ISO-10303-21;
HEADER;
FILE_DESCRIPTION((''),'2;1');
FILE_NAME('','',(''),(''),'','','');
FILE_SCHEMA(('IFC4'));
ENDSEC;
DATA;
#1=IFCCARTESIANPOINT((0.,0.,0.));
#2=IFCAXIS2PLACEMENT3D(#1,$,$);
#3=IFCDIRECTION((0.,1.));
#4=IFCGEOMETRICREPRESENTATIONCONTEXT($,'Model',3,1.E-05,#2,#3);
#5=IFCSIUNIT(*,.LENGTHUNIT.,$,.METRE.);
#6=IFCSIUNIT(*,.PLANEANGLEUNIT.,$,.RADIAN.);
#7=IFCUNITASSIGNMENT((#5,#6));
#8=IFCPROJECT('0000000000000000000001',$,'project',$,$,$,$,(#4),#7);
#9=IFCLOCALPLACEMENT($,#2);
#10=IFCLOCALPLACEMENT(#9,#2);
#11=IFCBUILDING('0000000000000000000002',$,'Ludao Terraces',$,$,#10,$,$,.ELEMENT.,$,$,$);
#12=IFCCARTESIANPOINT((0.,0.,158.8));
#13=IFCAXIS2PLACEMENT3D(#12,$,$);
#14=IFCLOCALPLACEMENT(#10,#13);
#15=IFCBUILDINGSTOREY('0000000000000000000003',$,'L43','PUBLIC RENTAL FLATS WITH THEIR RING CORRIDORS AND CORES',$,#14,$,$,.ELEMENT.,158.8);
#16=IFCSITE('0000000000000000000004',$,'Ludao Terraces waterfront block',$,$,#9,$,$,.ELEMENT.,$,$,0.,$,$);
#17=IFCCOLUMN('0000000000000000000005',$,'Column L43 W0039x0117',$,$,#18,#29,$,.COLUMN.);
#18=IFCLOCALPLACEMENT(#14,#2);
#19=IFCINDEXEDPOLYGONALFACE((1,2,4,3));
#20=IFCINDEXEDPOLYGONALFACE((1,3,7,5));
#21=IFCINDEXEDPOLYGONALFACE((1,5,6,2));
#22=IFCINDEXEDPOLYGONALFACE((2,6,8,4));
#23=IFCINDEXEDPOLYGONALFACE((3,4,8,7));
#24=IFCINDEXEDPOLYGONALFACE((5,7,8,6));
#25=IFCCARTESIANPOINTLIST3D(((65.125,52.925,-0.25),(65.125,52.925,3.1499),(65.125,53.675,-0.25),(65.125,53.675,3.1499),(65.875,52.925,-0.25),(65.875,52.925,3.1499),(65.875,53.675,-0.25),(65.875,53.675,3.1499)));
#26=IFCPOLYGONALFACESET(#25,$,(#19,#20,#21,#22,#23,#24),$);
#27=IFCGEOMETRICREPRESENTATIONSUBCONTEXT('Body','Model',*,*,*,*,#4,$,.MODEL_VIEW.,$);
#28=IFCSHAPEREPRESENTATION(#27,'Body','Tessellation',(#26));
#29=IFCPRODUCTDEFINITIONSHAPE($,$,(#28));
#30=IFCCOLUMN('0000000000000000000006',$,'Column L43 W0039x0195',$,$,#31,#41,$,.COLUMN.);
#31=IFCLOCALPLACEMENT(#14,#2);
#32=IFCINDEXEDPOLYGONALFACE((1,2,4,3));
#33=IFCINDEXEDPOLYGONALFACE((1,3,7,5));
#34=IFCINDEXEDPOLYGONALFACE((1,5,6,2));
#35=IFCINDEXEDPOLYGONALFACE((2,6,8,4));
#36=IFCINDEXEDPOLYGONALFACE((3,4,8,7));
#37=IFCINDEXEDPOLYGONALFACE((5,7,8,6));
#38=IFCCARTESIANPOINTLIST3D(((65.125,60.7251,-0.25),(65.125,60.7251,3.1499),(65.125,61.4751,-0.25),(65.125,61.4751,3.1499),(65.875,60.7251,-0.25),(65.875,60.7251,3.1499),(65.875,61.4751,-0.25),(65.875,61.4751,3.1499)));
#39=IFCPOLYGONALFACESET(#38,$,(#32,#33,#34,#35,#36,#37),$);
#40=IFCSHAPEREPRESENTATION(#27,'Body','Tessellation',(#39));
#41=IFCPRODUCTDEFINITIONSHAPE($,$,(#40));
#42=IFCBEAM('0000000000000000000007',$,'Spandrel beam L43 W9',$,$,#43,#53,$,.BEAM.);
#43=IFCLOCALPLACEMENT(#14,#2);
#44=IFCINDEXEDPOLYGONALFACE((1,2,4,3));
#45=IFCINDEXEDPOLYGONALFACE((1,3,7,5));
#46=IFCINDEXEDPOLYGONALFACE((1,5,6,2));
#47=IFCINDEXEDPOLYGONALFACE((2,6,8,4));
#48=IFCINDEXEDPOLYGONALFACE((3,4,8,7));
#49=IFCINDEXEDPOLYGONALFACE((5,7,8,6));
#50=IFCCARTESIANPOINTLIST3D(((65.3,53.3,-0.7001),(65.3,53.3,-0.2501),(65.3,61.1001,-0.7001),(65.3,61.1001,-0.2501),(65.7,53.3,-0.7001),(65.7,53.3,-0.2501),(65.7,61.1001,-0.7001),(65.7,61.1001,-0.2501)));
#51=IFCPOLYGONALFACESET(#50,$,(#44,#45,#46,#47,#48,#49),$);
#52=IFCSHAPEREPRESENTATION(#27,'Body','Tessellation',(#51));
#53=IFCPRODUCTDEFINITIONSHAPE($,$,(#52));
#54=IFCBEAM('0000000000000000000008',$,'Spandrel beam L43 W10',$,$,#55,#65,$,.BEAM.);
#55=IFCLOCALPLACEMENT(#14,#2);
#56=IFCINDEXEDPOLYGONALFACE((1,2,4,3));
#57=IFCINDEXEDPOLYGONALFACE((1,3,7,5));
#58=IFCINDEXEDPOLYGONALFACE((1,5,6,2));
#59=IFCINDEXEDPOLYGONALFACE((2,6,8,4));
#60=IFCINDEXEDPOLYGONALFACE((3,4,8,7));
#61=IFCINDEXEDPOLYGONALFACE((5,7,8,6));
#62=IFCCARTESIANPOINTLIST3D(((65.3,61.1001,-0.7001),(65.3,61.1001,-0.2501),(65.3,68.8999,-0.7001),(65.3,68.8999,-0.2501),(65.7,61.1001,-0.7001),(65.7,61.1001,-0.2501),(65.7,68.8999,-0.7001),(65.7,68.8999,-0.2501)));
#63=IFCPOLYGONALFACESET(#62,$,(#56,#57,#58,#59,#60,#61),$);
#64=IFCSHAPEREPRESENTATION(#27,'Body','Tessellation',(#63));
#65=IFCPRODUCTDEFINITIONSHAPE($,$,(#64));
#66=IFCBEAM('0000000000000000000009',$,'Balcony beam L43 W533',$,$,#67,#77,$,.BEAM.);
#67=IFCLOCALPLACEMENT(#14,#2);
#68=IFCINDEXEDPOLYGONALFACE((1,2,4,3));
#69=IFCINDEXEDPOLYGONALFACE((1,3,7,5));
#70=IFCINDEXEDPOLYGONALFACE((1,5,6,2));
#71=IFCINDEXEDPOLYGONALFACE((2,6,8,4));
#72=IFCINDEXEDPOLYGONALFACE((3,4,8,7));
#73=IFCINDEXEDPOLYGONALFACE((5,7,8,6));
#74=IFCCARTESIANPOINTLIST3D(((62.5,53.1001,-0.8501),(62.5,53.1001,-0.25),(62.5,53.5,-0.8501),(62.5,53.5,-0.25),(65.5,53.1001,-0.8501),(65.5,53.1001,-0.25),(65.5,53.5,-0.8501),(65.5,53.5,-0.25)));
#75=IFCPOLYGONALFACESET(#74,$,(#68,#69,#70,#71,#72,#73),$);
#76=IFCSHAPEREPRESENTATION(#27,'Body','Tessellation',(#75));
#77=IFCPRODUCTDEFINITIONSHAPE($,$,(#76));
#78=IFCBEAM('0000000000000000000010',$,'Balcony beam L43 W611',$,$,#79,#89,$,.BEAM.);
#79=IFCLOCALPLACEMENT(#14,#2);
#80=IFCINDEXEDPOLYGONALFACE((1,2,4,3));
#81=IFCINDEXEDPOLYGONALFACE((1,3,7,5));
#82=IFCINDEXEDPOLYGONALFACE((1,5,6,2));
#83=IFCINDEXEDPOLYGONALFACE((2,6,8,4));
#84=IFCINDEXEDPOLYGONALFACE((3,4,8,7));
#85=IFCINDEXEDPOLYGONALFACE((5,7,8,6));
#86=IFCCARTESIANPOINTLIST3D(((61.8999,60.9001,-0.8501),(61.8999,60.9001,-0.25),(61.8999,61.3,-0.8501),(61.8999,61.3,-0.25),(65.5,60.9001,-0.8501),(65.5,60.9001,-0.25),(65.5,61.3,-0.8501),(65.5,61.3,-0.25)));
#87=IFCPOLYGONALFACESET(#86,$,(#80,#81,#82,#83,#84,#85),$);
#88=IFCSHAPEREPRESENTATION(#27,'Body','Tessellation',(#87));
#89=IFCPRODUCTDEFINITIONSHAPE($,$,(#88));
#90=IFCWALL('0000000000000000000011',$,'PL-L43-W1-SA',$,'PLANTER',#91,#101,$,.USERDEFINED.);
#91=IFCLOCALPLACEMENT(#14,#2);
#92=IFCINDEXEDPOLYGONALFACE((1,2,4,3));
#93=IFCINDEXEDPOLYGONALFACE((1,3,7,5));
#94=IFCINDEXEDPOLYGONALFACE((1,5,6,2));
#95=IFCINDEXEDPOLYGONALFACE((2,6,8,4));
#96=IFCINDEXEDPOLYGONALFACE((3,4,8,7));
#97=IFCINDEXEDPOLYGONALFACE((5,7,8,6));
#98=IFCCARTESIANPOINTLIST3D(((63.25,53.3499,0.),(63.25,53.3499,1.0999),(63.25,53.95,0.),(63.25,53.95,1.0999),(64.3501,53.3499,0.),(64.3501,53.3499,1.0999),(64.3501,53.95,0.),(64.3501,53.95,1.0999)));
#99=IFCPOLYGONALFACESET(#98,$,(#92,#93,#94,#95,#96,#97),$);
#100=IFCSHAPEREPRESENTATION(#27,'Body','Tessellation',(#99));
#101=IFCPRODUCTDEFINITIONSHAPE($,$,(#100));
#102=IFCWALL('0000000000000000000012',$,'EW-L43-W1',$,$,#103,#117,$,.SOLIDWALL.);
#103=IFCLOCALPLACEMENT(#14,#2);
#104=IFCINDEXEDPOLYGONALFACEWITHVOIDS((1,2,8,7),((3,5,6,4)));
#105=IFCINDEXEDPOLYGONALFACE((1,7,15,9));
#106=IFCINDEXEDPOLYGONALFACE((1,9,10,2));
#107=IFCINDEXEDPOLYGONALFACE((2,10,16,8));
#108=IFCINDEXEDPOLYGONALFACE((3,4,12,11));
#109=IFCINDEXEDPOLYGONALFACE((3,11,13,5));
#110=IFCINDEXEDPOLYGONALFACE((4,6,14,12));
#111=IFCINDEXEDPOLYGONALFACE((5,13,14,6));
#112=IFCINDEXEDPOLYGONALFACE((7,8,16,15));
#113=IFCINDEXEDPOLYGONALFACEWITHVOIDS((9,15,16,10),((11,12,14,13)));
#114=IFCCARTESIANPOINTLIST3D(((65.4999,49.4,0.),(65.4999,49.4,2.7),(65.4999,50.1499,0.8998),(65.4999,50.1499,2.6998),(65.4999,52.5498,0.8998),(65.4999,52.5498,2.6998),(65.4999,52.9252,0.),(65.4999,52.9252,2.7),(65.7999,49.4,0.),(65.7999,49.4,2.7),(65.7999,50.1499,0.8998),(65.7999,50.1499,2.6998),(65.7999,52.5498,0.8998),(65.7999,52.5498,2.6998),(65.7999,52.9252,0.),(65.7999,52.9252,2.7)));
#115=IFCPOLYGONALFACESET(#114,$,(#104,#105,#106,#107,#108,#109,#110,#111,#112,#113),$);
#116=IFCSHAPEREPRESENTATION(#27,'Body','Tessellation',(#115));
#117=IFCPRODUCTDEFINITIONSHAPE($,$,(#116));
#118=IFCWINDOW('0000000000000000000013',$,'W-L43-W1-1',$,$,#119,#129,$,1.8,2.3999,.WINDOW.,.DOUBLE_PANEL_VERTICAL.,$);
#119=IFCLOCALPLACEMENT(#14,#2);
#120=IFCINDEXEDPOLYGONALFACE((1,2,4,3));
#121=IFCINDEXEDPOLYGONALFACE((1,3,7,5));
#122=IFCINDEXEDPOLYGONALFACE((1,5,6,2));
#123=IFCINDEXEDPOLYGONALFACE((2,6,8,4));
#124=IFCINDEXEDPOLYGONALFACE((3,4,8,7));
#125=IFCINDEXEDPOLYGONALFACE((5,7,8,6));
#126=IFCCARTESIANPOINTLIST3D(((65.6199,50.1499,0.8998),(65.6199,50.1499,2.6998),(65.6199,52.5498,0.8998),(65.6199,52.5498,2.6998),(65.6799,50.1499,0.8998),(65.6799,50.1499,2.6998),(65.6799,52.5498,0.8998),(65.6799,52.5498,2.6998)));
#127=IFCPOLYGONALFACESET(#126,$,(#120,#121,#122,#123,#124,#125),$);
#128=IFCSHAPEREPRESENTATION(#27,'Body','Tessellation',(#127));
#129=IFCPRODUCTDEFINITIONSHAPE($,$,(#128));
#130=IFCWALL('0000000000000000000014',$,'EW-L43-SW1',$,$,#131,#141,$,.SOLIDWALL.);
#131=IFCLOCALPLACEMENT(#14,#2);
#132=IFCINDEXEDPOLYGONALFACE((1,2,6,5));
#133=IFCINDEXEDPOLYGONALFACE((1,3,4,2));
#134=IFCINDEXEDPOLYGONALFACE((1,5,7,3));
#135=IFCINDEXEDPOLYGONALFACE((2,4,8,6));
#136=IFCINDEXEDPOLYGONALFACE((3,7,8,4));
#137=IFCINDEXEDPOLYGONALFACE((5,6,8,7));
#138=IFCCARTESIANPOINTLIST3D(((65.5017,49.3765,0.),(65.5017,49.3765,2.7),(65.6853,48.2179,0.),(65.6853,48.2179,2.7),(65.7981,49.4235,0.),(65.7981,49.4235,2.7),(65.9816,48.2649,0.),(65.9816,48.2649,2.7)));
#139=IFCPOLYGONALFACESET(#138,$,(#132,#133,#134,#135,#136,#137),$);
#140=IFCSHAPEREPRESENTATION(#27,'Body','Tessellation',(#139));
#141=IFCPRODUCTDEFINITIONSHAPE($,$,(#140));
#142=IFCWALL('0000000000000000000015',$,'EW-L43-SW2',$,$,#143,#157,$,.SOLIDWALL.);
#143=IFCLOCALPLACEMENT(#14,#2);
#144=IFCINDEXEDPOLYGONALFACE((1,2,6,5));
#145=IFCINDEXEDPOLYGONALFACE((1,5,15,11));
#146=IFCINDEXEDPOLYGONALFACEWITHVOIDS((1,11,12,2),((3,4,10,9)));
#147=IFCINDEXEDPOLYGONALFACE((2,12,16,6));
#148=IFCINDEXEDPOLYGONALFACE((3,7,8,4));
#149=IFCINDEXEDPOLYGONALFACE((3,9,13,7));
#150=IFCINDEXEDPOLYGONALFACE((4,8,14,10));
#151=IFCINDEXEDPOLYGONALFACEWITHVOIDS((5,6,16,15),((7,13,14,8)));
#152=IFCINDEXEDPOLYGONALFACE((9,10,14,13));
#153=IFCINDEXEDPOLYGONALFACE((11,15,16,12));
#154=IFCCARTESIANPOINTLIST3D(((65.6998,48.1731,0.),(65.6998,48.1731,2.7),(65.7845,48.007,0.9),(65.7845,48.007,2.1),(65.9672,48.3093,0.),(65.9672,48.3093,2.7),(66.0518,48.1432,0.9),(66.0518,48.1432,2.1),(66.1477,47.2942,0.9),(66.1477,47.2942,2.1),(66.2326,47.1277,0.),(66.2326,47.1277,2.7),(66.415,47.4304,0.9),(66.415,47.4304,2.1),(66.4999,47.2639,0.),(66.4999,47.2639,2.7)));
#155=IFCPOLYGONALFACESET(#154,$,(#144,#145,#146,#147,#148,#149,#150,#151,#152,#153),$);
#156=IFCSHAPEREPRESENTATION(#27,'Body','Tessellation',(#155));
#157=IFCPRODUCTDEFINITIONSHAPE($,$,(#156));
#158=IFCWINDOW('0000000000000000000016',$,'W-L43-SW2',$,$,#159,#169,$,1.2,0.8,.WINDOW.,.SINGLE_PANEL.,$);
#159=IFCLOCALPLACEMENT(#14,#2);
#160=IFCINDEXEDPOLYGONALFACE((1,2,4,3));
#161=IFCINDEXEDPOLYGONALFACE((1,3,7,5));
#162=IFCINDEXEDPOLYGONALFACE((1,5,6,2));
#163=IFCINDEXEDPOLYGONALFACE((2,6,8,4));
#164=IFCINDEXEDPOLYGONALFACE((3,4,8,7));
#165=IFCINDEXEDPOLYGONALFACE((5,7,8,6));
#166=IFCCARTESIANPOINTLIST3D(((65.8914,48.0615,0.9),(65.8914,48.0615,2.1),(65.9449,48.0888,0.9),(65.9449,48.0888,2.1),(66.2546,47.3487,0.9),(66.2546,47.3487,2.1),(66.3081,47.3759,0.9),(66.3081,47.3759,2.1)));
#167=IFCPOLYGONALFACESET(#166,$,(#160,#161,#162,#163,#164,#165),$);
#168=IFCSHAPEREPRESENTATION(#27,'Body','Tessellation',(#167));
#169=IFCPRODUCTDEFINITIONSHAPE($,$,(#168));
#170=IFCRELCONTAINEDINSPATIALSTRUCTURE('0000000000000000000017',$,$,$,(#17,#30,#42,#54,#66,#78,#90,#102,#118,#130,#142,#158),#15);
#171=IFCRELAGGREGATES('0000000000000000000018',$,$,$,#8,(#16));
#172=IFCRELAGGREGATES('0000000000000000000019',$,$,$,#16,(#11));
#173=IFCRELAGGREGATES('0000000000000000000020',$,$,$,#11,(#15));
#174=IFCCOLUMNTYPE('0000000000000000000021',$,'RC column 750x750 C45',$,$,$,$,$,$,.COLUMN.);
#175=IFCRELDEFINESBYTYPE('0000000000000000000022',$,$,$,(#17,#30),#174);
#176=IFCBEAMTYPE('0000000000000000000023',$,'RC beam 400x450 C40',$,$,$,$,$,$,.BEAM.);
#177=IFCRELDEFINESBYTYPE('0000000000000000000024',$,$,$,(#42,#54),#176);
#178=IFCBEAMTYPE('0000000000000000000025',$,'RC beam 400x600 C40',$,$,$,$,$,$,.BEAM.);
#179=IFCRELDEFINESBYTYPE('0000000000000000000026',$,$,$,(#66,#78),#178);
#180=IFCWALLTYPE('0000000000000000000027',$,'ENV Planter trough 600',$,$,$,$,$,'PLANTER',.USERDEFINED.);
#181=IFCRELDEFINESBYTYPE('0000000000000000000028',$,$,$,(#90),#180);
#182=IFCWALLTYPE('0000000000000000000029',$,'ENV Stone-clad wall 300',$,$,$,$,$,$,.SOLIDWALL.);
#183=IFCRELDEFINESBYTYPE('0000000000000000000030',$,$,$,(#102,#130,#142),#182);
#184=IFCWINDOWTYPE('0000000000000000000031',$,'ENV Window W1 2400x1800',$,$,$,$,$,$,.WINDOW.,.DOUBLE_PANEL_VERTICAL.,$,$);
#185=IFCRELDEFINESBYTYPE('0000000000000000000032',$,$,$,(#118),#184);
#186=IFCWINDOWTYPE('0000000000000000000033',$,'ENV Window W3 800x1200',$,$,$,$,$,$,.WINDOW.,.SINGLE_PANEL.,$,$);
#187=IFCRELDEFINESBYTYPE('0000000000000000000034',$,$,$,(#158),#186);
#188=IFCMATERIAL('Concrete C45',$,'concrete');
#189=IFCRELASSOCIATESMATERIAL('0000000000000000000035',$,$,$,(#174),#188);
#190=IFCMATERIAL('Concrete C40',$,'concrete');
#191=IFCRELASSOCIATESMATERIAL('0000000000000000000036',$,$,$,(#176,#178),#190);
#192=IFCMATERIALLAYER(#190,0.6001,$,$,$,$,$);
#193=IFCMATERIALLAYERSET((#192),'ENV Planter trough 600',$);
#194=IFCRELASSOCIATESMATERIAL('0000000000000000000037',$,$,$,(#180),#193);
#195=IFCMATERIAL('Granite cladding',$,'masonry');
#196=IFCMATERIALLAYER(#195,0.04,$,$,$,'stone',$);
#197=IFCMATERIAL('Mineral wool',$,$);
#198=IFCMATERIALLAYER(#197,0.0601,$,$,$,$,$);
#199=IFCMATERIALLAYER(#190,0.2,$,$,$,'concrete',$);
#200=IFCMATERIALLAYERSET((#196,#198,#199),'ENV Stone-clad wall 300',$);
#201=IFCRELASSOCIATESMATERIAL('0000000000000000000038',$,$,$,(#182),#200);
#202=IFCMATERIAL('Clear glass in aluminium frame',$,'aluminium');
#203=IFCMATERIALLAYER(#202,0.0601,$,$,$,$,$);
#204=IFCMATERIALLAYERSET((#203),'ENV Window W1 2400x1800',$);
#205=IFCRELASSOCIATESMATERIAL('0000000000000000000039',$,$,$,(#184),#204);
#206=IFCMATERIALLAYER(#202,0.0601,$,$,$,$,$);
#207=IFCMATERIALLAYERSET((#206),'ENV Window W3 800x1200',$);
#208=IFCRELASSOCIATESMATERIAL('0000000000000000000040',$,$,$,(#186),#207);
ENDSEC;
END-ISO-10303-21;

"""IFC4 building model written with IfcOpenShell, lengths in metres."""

from ifc_helpers import new_model, si_unit, direction, frame, frame_2d, origin, origin_2d, place, context, subcontext, project, spatial, rectangle, extrude, material, layer, layer_set, material_profile, profile_set, type_object, element, fill, save


model = new_model("IFC4")

# Units and contexts
model_context = context("Model", 3, precision=1e-05, world=origin(), true_north=direction((0.0, 1.0)))
body_context = subcontext(model_context, "Body", "Model", "MODEL_VIEW")
ifc_project = project(units=[si_unit("LENGTHUNIT", "METRE"), si_unit("PLANEANGLEUNIT", "RADIAN")], contexts=[model_context])

# Site, building, storey
site_placement = place(None, origin())
site = spatial("IfcSite", under=ifc_project, at=site_placement, Name="Ludao Terraces waterfront block", CompositionType="ELEMENT", RefElevation=0.0)
building_placement = place(site_placement, origin())
building = spatial("IfcBuilding", under=site, at=building_placement, Name="Ludao Terraces", CompositionType="ELEMENT")
storey_placement = place(building_placement, frame((0.0, 0.0, 158.8)))
storey = spatial("IfcBuildingStorey", under=building, at=storey_placement, Name="L43", Description="PUBLIC RENTAL FLATS WITH THEIR RING CORRIDORS AND CORES", CompositionType="ELEMENT", Elevation=158.8)

# Columns
ifc_material_1 = material(Name="Concrete C45", Category="concrete")
ifc_material_profile_1 = material_profile(ifc_material_1, rectangle(XDim=0.75, YDim=0.75, at=origin_2d()), Name="750 X 750")
ifc_profile_set_1 = profile_set([ifc_material_profile_1], Name="Concrete C45")
column_type = type_object("IfcColumnType", Name="RC column 750x750 C45", PredefinedType="COLUMN", material=ifc_profile_set_1)
for number, where, z_axis, x_axis, name in (
    (1, (65.5, 53.3, -0.25), (0.0, 0.0, 1.0), (1.0, 0.0, 0.0), "Column L43 W0039x0117"),
    (2, (65.5, 61.1001, -0.25), (0.0, 0.0, 1.0), (1.0, 0.0, 0.0), "Column L43 W0039x0195"),
):
    element("IfcColumn", number, at=place(storey_placement, frame(where, z_axis=z_axis, x_axis=x_axis)), inside=storey, type_object=column_type, Name=name, PredefinedType="COLUMN", context=body_context, shape_type="SweptSolid", body=[
        extrude(rectangle(XDim=0.75, YDim=0.75, at=origin_2d()), origin(), (0.0, 0.0, 1.0), 3.3999),
    ])

# Beams
ifc_material_2 = material(Name="Concrete C40", Category="concrete")
ifc_material_profile_2 = material_profile(ifc_material_2, rectangle(XDim=0.3999, YDim=0.45, at=origin_2d()), Name="400 X 450")
ifc_profile_set_2 = profile_set([ifc_material_profile_2], Name="Concrete C40")
beam_type_1 = type_object("IfcBeamType", Name="RC beam 400x450 C40", PredefinedType="BEAM", material=ifc_profile_set_2)
beam_1_placement = place(storey_placement, frame((65.5, 53.3, -0.4751), z_axis=(0.0, 1.0, 0.0), x_axis=(-1.0, 0.0, 0.0)))
element("IfcBeam", 3, at=beam_1_placement, inside=storey, type_object=beam_type_1, Name="Spandrel beam L43 W9", PredefinedType="BEAM", context=body_context, shape_type="SweptSolid", body=[
    extrude(rectangle(XDim=0.3999, YDim=0.45, at=origin_2d()), origin(), (0.0, 0.0, 1.0), 7.8),
])
beam_2_placement = place(storey_placement, frame((65.5, 61.1001, -0.4751), z_axis=(0.0, 1.0, 0.0), x_axis=(-1.0, 0.0, 0.0)))
element("IfcBeam", 4, at=beam_2_placement, inside=storey, type_object=beam_type_1, Name="Spandrel beam L43 W10", PredefinedType="BEAM", context=body_context, shape_type="SweptSolid", body=[
    extrude(rectangle(XDim=0.3999, YDim=0.45, at=origin_2d()), origin(), (0.0, 0.0, 1.0), 7.7998),
])
ifc_material_profile_3 = material_profile(ifc_material_2, rectangle(XDim=0.3999, YDim=0.6001, at=origin_2d()), Name="400 X 600")
ifc_profile_set_3 = profile_set([ifc_material_profile_3], Name="Concrete C40")
beam_type_2 = type_object("IfcBeamType", Name="RC beam 400x600 C40", PredefinedType="BEAM", material=ifc_profile_set_3)
beam_3_placement = place(storey_placement, frame((65.5, 53.3, -0.55), z_axis=(-1.0, 0.0, 0.0), x_axis=(0.0, -1.0, 0.0)))
element("IfcBeam", 5, at=beam_3_placement, inside=storey, type_object=beam_type_2, Name="Balcony beam L43 W533", PredefinedType="BEAM", context=body_context, shape_type="SweptSolid", body=[
    extrude(rectangle(XDim=0.3999, YDim=0.6001, at=origin_2d()), origin(), (0.0, 0.0, 1.0), 3.0),
])
beam_4_placement = place(storey_placement, frame((65.5, 61.1001, -0.55), z_axis=(-1.0, 0.0, 0.0), x_axis=(0.0, -1.0, 0.0)))
element("IfcBeam", 6, at=beam_4_placement, inside=storey, type_object=beam_type_2, Name="Balcony beam L43 W611", PredefinedType="BEAM", context=body_context, shape_type="SweptSolid", body=[
    extrude(rectangle(XDim=0.3999, YDim=0.6001, at=origin_2d()), origin(), (0.0, 0.0, 1.0), 3.6001),
])

# Wall
ifc_layer_1 = layer(ifc_material_2, 0.6001)
ifc_layer_set_1 = layer_set([ifc_layer_1], Name="ENV Planter trough 600")
wall_type_1 = type_object("IfcWallType", Name="ENV Planter trough 600", ElementType="PLANTER", PredefinedType="USERDEFINED", material=ifc_layer_set_1)
wall_1_placement = place(storey_placement, frame((63.25, 53.6499, 0.0), z_axis=(0.0, 0.0, 1.0), x_axis=(1.0, 0.0, 0.0)))
element("IfcWall", 7, at=wall_1_placement, inside=storey, type_object=wall_type_1, Name="PL-L43-W1-SA", ObjectType="PLANTER", PredefinedType="USERDEFINED", context=body_context, shape_type="SweptSolid", body=[
    extrude(rectangle(XDim=1.1001, YDim=0.6001, at=frame_2d((0.55, 0.0))), origin(), (0.0, 0.0, 1.0), 1.0999),
])

# Wall, opening, window
ifc_material_3 = material(Name="Granite cladding", Category="masonry")
ifc_layer_2 = layer(ifc_material_3, 0.04, Category="stone")
ifc_material_4 = material(Name="Mineral wool")
ifc_layer_3 = layer(ifc_material_4, 0.0601)
ifc_layer_4 = layer(ifc_material_2, 0.2, Category="concrete")
ifc_layer_set_2 = layer_set([ifc_layer_2, ifc_layer_3, ifc_layer_4], Name="ENV Stone-clad wall 300")
wall_type_2 = type_object("IfcWallType", Name="ENV Stone-clad wall 300", PredefinedType="SOLIDWALL", material=ifc_layer_set_2)
wall_2_placement = place(storey_placement, frame((65.6499, 49.3999, 0.0), z_axis=(0.0, 0.0, 1.0), x_axis=(0.0, 1.0, 0.0)))
wall_2 = element("IfcWall", 8, at=wall_2_placement, inside=storey, type_object=wall_type_2, Name="EW-L43-W1", PredefinedType="SOLIDWALL", context=body_context, shape_type="SweptSolid", body=[
    extrude(rectangle(XDim=3.5251, YDim=0.3, at=frame_2d((1.7627, 0.0))), origin(), (0.0, 0.0, 1.0), 2.7),
])
opening_1_placement = place(wall_2_placement, frame((0.75, 0.0, 0.8999)))
opening_1 = element("IfcOpeningElement", 9, at=opening_1_placement, cuts=wall_2, PredefinedType="OPENING", context=body_context, shape_type="SweptSolid", body=[
    extrude(rectangle(XDim=2.3999, YDim=1.8, at=frame_2d((1.2, 0.8999))), frame((0.0, 0.1602, 0.0), z_axis=(0.0, -1.0, 0.0), x_axis=(1.0, 0.0, 0.0)), (0.0, 0.0, 1.0), 0.3201),
])
ifc_material_5 = material(Name="Clear glass in aluminium frame", Category="aluminium")
ifc_layer_5 = layer(ifc_material_5, 0.0601)
ifc_layer_set_3 = layer_set([ifc_layer_5], Name="ENV Window W1 2400x1800")
window_type_1 = type_object("IfcWindowType", Name="ENV Window W1 2400x1800", PartitioningType="DOUBLE_PANEL_VERTICAL", PredefinedType="WINDOW", material=ifc_layer_set_3)
window_1_placement = place(opening_1_placement, origin())
window_1 = element("IfcWindow", 10, at=window_1_placement, inside=storey, type_object=window_type_1, Name="W-L43-W1-1", OverallHeight=1.8, OverallWidth=2.3999, PartitioningType="DOUBLE_PANEL_VERTICAL", PredefinedType="WINDOW", context=body_context, shape_type="SweptSolid", body=[
    extrude(rectangle(XDim=2.3999, YDim=1.8, at=frame_2d((1.2, 0.8999))), frame((0.0, 0.03, 0.0), z_axis=(0.0, -1.0, 0.0), x_axis=(1.0, 0.0, 0.0)), (0.0, 0.0, 1.0), 0.0601),
])
fill(opening_1, window_1)

# Wall
wall_3_placement = place(storey_placement, frame((65.6499, 49.3999, 0.0), z_axis=(0.0, 0.0, 1.0), x_axis=(0.156497, -0.987678, 0.0)))
element("IfcWall", 11, at=wall_3_placement, inside=storey, type_object=wall_type_2, Name="EW-L43-SW1", PredefinedType="SOLIDWALL", context=body_context, shape_type="SweptSolid", body=[
    extrude(rectangle(XDim=1.1731, YDim=0.3, at=frame_2d((0.5864, 0.0))), origin(), (0.0, 0.0, 1.0), 2.7),
])

# Wall, opening, window
wall_4_placement = place(storey_placement, frame((65.8335, 48.2412, 0.0), z_axis=(0.0, 0.0, 1.0), x_axis=(0.454026, -0.890989, 0.0)))
wall_4 = element("IfcWall", 12, at=wall_4_placement, inside=storey, type_object=wall_type_2, Name="EW-L43-SW2", PredefinedType="SOLIDWALL", context=body_context, shape_type="SweptSolid", body=[
    extrude(rectangle(XDim=1.1733, YDim=0.3, at=frame_2d((0.5867, 0.0))), origin(), (0.0, 0.0, 1.0), 2.7),
])
opening_2_placement = place(wall_4_placement, frame((0.1865, 0.0, 0.8999)))
opening_2 = element("IfcOpeningElement", 13, at=opening_2_placement, cuts=wall_4, PredefinedType="OPENING", context=body_context, shape_type="SweptSolid", body=[
    extrude(rectangle(XDim=0.8, YDim=1.2, at=frame_2d((0.3999, 0.6001))), frame((0.0, 0.1602, 0.0), z_axis=(0.0, -1.0, 0.0), x_axis=(1.0, 0.0, 0.0)), (0.0, 0.0, 1.0), 0.3201),
])
ifc_layer_6 = layer(ifc_material_5, 0.0601)
ifc_layer_set_4 = layer_set([ifc_layer_6], Name="ENV Window W3 800x1200")
window_type_2 = type_object("IfcWindowType", Name="ENV Window W3 800x1200", PartitioningType="SINGLE_PANEL", PredefinedType="WINDOW", material=ifc_layer_set_4)
window_2_placement = place(opening_2_placement, origin())
window_2 = element("IfcWindow", 14, at=window_2_placement, inside=storey, type_object=window_type_2, Name="W-L43-SW2", OverallHeight=1.2, OverallWidth=0.8, PartitioningType="SINGLE_PANEL", PredefinedType="WINDOW", context=body_context, shape_type="SweptSolid", body=[
    extrude(rectangle(XDim=0.8, YDim=1.2, at=frame_2d((0.3999, 0.6001))), frame((0.0, 0.03, 0.0), z_axis=(0.0, -1.0, 0.0), x_axis=(1.0, 0.0, 0.0)), (0.0, 0.0, 1.0), 0.0601),
])
fill(opening_2, window_2)

save(model, "model.ifc")
